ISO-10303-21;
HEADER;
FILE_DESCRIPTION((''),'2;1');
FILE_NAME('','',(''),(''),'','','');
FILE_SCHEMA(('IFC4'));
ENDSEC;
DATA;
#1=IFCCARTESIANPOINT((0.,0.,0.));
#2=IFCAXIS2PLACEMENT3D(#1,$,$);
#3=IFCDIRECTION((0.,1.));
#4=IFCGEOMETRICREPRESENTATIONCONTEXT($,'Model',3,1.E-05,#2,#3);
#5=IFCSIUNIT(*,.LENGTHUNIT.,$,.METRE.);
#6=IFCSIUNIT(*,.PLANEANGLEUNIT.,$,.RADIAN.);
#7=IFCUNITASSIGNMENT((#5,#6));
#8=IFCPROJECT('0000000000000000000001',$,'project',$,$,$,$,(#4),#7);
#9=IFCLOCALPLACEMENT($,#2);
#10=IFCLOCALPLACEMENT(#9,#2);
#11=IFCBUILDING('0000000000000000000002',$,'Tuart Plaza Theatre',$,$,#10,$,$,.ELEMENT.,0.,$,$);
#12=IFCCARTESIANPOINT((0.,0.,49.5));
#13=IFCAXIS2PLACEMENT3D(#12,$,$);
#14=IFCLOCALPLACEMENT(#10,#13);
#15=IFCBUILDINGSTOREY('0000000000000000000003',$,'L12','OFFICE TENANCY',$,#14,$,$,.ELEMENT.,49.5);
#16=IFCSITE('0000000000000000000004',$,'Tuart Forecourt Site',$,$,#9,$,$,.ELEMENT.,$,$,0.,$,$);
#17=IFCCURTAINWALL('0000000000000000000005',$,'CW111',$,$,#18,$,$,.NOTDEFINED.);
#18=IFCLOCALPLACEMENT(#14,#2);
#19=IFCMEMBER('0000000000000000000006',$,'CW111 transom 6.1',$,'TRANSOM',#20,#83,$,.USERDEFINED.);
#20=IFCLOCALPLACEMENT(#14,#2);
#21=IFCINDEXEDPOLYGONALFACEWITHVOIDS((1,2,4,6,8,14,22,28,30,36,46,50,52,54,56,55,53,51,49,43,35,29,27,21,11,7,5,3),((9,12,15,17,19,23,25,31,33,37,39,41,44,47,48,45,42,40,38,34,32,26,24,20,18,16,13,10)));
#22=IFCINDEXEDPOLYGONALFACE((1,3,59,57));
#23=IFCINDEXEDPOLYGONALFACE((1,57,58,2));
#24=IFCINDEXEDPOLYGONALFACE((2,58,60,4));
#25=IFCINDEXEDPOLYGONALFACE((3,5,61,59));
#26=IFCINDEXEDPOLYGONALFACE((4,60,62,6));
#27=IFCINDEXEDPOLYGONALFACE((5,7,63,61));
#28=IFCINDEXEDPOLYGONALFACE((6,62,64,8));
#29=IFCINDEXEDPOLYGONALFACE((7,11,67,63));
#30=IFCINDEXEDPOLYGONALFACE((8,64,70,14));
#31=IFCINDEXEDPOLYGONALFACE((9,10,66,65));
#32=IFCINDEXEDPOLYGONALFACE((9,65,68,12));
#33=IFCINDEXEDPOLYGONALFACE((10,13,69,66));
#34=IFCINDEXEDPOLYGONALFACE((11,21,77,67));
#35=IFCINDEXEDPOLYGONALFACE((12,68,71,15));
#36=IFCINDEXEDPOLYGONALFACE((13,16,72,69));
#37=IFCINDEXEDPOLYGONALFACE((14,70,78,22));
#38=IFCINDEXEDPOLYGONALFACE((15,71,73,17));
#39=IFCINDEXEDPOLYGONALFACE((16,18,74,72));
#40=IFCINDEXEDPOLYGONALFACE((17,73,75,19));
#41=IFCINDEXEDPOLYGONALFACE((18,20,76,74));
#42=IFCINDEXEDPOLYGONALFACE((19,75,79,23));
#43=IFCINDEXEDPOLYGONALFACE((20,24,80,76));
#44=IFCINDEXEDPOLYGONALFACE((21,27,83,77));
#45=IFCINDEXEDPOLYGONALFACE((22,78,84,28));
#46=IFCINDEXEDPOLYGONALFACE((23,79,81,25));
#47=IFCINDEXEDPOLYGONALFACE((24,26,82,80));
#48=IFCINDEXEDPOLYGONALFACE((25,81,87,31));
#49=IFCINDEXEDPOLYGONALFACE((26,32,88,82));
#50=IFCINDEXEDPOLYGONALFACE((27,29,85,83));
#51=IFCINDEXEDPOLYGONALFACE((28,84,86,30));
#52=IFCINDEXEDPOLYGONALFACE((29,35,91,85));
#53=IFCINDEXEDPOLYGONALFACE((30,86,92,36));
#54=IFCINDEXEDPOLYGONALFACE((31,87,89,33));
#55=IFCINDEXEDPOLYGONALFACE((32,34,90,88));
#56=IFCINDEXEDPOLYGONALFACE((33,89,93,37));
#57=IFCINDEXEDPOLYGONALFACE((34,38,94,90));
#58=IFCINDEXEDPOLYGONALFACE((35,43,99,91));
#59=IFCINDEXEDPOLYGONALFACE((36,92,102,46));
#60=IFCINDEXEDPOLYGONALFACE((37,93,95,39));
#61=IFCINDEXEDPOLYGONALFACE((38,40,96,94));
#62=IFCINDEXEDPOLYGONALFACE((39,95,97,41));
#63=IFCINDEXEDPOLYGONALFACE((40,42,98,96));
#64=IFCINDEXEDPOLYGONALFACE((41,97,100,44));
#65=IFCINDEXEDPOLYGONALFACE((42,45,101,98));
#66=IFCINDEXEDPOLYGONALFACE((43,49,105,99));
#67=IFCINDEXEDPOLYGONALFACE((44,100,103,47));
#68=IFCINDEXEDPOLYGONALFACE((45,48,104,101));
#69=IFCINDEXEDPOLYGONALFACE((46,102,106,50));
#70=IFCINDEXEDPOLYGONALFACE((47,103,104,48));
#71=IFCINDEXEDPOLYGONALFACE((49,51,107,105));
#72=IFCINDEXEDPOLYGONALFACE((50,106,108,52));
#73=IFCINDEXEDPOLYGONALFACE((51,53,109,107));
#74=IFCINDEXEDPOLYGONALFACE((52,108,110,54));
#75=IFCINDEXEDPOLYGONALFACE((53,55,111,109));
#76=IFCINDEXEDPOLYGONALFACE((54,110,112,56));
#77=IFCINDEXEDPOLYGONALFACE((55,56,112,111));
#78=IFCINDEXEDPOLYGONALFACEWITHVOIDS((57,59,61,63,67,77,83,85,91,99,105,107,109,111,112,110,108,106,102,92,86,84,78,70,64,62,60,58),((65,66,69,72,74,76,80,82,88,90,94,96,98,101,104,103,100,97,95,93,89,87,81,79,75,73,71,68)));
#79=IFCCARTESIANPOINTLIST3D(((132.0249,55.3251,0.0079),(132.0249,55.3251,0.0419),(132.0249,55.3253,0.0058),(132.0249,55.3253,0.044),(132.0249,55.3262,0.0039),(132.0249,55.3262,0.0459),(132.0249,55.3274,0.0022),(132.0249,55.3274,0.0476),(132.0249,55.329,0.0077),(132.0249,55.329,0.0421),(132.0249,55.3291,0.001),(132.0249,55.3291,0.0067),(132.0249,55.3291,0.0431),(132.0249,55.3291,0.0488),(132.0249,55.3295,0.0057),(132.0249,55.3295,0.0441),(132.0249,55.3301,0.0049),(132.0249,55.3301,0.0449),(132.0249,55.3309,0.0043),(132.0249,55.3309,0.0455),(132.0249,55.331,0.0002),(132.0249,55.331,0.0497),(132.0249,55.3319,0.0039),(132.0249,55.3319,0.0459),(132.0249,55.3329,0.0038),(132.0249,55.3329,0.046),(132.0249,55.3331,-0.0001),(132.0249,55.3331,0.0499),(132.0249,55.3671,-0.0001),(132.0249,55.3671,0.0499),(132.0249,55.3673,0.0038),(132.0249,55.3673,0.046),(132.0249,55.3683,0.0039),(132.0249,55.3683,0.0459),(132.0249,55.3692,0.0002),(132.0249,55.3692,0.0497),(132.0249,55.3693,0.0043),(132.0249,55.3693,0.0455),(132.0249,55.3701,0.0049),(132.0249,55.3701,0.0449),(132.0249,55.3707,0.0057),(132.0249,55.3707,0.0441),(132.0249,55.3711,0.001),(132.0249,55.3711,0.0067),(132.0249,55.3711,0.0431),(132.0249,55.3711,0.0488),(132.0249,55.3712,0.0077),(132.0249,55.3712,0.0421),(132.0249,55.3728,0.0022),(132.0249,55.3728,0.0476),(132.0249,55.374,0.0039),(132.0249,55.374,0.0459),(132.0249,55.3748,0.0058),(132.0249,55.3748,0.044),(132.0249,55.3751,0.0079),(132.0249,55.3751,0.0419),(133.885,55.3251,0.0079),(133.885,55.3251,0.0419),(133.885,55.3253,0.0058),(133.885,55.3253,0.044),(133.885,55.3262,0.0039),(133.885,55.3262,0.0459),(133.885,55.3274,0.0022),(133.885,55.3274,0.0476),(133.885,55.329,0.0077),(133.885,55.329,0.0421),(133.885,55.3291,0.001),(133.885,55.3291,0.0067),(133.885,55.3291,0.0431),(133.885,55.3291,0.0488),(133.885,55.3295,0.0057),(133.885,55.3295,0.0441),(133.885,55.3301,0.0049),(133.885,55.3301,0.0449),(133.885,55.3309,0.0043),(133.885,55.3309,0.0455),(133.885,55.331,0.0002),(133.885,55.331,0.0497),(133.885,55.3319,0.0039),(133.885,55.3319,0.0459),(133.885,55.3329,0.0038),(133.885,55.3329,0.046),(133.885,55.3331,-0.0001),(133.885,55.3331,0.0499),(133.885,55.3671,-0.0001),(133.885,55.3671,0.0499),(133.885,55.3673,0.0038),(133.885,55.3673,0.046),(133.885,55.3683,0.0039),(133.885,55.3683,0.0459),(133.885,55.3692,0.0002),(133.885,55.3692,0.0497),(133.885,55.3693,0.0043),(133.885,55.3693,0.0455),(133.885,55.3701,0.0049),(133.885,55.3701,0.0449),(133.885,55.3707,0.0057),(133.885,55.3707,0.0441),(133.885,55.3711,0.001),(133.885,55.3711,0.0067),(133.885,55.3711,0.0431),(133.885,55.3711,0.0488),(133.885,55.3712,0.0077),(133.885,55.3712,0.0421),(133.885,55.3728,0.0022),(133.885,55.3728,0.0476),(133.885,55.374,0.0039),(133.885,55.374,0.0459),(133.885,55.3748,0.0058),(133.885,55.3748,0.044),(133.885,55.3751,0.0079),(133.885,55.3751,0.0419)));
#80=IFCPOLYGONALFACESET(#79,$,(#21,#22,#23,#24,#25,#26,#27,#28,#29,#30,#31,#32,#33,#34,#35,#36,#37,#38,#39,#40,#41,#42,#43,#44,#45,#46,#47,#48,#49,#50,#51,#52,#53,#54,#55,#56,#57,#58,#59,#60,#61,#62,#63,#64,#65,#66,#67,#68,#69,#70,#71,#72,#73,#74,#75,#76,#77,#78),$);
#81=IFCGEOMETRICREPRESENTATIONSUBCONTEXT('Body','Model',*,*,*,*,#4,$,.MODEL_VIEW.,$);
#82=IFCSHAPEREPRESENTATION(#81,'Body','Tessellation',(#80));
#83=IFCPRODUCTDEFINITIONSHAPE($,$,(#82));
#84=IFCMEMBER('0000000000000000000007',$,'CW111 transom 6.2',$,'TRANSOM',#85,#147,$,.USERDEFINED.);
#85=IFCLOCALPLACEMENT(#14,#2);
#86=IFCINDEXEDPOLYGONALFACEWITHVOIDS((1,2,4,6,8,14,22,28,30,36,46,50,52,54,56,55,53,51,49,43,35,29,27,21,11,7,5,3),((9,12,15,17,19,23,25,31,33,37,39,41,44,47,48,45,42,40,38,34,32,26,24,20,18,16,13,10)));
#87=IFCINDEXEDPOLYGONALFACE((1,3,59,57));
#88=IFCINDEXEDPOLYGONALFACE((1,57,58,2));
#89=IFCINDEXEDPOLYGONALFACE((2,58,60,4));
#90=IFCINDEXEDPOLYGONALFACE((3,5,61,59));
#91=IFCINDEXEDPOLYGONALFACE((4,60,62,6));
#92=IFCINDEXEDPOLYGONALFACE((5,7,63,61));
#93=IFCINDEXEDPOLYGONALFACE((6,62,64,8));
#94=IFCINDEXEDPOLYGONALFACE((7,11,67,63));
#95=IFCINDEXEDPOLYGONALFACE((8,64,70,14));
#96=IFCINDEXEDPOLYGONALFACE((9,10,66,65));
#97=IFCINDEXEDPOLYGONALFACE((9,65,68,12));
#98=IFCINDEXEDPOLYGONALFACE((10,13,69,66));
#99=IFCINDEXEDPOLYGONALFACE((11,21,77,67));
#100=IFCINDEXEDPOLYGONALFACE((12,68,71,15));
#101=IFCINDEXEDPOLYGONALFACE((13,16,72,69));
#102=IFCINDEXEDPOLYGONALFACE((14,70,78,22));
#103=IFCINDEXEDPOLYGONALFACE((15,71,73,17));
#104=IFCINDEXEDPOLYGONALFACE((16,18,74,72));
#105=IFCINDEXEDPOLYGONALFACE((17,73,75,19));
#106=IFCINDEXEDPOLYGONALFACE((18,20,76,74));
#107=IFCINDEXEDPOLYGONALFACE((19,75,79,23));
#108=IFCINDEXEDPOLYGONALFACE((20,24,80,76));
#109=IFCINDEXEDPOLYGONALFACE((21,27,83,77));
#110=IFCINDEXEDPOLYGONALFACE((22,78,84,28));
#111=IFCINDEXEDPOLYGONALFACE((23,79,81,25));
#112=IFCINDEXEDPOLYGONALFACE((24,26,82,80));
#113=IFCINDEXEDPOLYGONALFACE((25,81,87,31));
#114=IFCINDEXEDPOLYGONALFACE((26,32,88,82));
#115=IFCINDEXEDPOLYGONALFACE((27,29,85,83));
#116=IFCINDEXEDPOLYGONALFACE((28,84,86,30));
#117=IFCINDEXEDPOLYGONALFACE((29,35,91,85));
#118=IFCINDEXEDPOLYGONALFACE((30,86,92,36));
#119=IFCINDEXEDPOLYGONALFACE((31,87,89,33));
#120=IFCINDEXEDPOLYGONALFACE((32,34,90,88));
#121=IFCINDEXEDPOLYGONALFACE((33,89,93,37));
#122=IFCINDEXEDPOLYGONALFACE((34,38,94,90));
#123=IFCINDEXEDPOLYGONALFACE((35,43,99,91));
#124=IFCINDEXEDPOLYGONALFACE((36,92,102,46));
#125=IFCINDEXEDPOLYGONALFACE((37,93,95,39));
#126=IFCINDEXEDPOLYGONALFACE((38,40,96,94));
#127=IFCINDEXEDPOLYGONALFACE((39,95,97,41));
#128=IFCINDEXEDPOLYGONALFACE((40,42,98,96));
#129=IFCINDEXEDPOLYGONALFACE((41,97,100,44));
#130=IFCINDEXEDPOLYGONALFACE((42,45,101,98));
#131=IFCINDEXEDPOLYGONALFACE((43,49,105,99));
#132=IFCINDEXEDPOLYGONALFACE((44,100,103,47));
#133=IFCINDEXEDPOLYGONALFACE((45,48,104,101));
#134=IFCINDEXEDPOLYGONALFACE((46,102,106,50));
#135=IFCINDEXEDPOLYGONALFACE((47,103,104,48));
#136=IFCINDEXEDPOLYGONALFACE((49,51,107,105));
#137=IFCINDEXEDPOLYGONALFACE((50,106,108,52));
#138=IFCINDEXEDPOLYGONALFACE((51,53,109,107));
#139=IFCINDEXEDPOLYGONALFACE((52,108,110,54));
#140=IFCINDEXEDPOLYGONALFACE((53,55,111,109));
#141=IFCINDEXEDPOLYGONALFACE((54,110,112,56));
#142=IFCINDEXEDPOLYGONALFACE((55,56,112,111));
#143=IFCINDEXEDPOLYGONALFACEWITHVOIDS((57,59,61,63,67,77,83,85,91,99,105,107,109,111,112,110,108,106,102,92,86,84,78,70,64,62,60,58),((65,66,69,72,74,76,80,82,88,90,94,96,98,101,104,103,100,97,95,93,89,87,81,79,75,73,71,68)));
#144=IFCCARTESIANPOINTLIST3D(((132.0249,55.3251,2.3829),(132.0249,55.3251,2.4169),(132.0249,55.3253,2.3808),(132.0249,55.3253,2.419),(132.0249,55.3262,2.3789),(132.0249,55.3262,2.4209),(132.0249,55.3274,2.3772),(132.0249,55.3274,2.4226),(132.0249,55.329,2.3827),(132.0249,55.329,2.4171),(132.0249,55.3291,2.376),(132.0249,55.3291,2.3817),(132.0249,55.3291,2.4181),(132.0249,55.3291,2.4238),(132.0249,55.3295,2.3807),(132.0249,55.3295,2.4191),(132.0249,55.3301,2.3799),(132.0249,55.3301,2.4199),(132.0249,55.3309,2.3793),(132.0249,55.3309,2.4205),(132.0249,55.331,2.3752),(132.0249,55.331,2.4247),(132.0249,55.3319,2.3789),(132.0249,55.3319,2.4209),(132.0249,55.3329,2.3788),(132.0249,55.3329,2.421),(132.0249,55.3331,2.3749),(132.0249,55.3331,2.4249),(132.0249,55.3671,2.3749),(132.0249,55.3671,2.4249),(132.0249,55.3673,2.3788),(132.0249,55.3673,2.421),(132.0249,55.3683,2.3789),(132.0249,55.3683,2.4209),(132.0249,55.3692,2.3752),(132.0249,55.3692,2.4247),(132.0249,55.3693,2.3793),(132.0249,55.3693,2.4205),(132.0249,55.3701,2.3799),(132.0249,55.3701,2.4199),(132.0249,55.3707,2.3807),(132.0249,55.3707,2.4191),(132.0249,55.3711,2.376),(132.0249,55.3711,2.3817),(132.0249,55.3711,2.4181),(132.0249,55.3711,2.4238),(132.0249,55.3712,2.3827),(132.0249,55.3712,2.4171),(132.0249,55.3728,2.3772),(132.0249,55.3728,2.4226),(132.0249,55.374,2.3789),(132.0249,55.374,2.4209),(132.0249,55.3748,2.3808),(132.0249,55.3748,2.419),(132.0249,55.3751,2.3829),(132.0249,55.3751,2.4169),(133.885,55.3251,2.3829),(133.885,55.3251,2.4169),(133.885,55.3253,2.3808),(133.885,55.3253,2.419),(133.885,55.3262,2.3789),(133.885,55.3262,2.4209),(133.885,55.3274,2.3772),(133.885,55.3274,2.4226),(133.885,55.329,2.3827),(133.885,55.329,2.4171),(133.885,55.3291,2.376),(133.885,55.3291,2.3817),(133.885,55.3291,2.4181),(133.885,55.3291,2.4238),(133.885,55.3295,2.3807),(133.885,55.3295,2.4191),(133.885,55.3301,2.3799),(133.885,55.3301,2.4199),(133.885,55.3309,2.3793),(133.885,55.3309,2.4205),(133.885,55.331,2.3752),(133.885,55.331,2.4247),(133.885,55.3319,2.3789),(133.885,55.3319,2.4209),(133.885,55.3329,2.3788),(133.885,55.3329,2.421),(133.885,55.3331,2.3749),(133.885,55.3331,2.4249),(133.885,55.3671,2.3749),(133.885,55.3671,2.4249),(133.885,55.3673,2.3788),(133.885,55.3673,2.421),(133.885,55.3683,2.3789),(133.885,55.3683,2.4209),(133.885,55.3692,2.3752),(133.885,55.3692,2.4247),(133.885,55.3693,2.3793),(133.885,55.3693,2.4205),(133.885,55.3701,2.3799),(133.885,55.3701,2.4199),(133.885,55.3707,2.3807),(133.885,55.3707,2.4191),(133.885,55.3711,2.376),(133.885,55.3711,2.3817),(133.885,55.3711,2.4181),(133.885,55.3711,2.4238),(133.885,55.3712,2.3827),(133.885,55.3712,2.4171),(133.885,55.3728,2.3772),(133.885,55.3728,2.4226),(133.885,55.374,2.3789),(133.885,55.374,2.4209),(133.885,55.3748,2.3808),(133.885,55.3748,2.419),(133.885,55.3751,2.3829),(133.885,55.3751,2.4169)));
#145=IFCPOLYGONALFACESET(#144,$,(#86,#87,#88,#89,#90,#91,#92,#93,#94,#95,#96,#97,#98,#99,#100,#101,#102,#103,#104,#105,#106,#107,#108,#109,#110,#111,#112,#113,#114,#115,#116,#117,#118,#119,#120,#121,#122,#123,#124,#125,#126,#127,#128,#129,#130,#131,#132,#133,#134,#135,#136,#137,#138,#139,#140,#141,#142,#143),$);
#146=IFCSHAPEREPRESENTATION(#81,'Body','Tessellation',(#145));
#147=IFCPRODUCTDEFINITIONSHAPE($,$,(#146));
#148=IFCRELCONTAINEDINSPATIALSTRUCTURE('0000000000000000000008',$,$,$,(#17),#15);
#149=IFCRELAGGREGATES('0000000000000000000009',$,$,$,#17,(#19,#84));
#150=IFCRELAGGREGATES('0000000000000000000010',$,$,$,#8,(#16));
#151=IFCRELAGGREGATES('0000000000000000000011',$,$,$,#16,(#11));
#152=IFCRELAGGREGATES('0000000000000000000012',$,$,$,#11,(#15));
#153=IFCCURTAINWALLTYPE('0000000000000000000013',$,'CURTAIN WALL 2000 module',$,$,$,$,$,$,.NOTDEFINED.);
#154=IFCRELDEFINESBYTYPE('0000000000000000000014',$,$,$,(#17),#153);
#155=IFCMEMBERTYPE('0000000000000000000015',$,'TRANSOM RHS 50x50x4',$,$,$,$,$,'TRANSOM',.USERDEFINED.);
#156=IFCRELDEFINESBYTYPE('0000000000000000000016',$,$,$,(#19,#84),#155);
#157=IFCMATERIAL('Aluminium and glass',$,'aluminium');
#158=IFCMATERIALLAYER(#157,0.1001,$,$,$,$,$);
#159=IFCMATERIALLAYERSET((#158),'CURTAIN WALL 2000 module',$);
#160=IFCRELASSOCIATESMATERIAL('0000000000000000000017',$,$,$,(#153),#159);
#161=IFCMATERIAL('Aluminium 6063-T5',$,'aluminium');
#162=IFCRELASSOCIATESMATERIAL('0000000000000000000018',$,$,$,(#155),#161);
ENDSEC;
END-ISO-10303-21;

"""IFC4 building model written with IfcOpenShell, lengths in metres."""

from ifc_helpers import new_model, si_unit, direction, frame, origin, origin_2d, place, context, subcontext, project, spatial, hollow_rectangle, extrude, material, layer, layer_set, material_profile, profile_set, type_object, element, aggregate, save


model = new_model("IFC4")

# Units and contexts
model_context = context("Model", 3, precision=1e-05, world=origin(), true_north=direction((0.0, 1.0)))
body_context = subcontext(model_context, "Body", "Model", "MODEL_VIEW")
ifc_project = project(units=[si_unit("LENGTHUNIT", "METRE"), si_unit("PLANEANGLEUNIT", "RADIAN")], contexts=[model_context])

# Site, building, storey
site_placement = place(None, origin())
site = spatial("IfcSite", under=ifc_project, at=site_placement, Name="Tuart Forecourt Site", CompositionType="ELEMENT", RefElevation=0.0)
building_placement = place(site_placement, origin())
building = spatial("IfcBuilding", under=site, at=building_placement, Name="Tuart Plaza Theatre", CompositionType="ELEMENT", ElevationOfRefHeight=0.0)
storey_placement = place(building_placement, frame((0.0, 0.0, 49.5)))
storey = spatial("IfcBuildingStorey", under=building, at=storey_placement, Name="L12", Description="OFFICE TENANCY", CompositionType="ELEMENT", Elevation=49.5)

# Shared definitions
ifc_material_1 = material(Name="Aluminium and glass", Category="aluminium")
ifc_layer_1 = layer(ifc_material_1, 0.1001)
ifc_layer_set_1 = layer_set([ifc_layer_1], Name="CURTAIN WALL 2000 module")
curtain_wall_type = type_object("IfcCurtainWallType", Name="CURTAIN WALL 2000 module", PredefinedType="NOTDEFINED", material=ifc_layer_set_1)

# Curtain wall
curtain_wall_1_placement = place(storey_placement, origin())
curtain_wall_1 = element("IfcCurtainWall", 1, at=curtain_wall_1_placement, inside=storey, type_object=curtain_wall_type, Name="CW111", PredefinedType="NOTDEFINED")

# Members
ifc_material_2 = material(Name="Aluminium 6063-T5", Category="aluminium")
ifc_material_profile_1 = material_profile(ifc_material_2, hollow_rectangle(XDim=0.05, YDim=0.05, WallThickness=0.0039, InnerFilletRadius=0.0039, OuterFilletRadius=0.0081, at=origin_2d()), Name="RHS 50x50x4")
ifc_profile_set_1 = profile_set([ifc_material_profile_1], Name="Aluminium 6063-T5")
member_type_1 = type_object("IfcMemberType", Name="TRANSOM RHS 50x50x4", ElementType="TRANSOM", PredefinedType="USERDEFINED", material=ifc_profile_set_1)
member_1_placement = place(storey_placement, frame((132.0249, 55.3501, 0.0249), z_axis=(1.0, 0.0, 0.0), x_axis=(0.0, 1.0, 0.0)))
member_1 = element("IfcMember", 2, at=member_1_placement, type_object=member_type_1, Name="CW111 transom 6.1", ObjectType="TRANSOM", PredefinedType="USERDEFINED", context=body_context, shape_type="SweptSolid", body=[
    extrude(hollow_rectangle(XDim=0.05, YDim=0.05, WallThickness=0.0039, InnerFilletRadius=0.0039, OuterFilletRadius=0.0081, at=origin_2d()), origin(), (0.0, 0.0, 1.0), 1.8601),
])
member_2_placement = place(storey_placement, frame((132.0249, 55.3501, 2.3999), z_axis=(1.0, 0.0, 0.0), x_axis=(0.0, 1.0, 0.0)))
member_2 = element("IfcMember", 3, at=member_2_placement, type_object=member_type_1, Name="CW111 transom 6.2", ObjectType="TRANSOM", PredefinedType="USERDEFINED", context=body_context, shape_type="SweptSolid", body=[
    extrude(hollow_rectangle(XDim=0.05, YDim=0.05, WallThickness=0.0039, InnerFilletRadius=0.0039, OuterFilletRadius=0.0081, at=origin_2d()), origin(), (0.0, 0.0, 1.0), 1.8601),
])

aggregate(curtain_wall_1, [member_1, member_2])

save(model, "model.ifc")
